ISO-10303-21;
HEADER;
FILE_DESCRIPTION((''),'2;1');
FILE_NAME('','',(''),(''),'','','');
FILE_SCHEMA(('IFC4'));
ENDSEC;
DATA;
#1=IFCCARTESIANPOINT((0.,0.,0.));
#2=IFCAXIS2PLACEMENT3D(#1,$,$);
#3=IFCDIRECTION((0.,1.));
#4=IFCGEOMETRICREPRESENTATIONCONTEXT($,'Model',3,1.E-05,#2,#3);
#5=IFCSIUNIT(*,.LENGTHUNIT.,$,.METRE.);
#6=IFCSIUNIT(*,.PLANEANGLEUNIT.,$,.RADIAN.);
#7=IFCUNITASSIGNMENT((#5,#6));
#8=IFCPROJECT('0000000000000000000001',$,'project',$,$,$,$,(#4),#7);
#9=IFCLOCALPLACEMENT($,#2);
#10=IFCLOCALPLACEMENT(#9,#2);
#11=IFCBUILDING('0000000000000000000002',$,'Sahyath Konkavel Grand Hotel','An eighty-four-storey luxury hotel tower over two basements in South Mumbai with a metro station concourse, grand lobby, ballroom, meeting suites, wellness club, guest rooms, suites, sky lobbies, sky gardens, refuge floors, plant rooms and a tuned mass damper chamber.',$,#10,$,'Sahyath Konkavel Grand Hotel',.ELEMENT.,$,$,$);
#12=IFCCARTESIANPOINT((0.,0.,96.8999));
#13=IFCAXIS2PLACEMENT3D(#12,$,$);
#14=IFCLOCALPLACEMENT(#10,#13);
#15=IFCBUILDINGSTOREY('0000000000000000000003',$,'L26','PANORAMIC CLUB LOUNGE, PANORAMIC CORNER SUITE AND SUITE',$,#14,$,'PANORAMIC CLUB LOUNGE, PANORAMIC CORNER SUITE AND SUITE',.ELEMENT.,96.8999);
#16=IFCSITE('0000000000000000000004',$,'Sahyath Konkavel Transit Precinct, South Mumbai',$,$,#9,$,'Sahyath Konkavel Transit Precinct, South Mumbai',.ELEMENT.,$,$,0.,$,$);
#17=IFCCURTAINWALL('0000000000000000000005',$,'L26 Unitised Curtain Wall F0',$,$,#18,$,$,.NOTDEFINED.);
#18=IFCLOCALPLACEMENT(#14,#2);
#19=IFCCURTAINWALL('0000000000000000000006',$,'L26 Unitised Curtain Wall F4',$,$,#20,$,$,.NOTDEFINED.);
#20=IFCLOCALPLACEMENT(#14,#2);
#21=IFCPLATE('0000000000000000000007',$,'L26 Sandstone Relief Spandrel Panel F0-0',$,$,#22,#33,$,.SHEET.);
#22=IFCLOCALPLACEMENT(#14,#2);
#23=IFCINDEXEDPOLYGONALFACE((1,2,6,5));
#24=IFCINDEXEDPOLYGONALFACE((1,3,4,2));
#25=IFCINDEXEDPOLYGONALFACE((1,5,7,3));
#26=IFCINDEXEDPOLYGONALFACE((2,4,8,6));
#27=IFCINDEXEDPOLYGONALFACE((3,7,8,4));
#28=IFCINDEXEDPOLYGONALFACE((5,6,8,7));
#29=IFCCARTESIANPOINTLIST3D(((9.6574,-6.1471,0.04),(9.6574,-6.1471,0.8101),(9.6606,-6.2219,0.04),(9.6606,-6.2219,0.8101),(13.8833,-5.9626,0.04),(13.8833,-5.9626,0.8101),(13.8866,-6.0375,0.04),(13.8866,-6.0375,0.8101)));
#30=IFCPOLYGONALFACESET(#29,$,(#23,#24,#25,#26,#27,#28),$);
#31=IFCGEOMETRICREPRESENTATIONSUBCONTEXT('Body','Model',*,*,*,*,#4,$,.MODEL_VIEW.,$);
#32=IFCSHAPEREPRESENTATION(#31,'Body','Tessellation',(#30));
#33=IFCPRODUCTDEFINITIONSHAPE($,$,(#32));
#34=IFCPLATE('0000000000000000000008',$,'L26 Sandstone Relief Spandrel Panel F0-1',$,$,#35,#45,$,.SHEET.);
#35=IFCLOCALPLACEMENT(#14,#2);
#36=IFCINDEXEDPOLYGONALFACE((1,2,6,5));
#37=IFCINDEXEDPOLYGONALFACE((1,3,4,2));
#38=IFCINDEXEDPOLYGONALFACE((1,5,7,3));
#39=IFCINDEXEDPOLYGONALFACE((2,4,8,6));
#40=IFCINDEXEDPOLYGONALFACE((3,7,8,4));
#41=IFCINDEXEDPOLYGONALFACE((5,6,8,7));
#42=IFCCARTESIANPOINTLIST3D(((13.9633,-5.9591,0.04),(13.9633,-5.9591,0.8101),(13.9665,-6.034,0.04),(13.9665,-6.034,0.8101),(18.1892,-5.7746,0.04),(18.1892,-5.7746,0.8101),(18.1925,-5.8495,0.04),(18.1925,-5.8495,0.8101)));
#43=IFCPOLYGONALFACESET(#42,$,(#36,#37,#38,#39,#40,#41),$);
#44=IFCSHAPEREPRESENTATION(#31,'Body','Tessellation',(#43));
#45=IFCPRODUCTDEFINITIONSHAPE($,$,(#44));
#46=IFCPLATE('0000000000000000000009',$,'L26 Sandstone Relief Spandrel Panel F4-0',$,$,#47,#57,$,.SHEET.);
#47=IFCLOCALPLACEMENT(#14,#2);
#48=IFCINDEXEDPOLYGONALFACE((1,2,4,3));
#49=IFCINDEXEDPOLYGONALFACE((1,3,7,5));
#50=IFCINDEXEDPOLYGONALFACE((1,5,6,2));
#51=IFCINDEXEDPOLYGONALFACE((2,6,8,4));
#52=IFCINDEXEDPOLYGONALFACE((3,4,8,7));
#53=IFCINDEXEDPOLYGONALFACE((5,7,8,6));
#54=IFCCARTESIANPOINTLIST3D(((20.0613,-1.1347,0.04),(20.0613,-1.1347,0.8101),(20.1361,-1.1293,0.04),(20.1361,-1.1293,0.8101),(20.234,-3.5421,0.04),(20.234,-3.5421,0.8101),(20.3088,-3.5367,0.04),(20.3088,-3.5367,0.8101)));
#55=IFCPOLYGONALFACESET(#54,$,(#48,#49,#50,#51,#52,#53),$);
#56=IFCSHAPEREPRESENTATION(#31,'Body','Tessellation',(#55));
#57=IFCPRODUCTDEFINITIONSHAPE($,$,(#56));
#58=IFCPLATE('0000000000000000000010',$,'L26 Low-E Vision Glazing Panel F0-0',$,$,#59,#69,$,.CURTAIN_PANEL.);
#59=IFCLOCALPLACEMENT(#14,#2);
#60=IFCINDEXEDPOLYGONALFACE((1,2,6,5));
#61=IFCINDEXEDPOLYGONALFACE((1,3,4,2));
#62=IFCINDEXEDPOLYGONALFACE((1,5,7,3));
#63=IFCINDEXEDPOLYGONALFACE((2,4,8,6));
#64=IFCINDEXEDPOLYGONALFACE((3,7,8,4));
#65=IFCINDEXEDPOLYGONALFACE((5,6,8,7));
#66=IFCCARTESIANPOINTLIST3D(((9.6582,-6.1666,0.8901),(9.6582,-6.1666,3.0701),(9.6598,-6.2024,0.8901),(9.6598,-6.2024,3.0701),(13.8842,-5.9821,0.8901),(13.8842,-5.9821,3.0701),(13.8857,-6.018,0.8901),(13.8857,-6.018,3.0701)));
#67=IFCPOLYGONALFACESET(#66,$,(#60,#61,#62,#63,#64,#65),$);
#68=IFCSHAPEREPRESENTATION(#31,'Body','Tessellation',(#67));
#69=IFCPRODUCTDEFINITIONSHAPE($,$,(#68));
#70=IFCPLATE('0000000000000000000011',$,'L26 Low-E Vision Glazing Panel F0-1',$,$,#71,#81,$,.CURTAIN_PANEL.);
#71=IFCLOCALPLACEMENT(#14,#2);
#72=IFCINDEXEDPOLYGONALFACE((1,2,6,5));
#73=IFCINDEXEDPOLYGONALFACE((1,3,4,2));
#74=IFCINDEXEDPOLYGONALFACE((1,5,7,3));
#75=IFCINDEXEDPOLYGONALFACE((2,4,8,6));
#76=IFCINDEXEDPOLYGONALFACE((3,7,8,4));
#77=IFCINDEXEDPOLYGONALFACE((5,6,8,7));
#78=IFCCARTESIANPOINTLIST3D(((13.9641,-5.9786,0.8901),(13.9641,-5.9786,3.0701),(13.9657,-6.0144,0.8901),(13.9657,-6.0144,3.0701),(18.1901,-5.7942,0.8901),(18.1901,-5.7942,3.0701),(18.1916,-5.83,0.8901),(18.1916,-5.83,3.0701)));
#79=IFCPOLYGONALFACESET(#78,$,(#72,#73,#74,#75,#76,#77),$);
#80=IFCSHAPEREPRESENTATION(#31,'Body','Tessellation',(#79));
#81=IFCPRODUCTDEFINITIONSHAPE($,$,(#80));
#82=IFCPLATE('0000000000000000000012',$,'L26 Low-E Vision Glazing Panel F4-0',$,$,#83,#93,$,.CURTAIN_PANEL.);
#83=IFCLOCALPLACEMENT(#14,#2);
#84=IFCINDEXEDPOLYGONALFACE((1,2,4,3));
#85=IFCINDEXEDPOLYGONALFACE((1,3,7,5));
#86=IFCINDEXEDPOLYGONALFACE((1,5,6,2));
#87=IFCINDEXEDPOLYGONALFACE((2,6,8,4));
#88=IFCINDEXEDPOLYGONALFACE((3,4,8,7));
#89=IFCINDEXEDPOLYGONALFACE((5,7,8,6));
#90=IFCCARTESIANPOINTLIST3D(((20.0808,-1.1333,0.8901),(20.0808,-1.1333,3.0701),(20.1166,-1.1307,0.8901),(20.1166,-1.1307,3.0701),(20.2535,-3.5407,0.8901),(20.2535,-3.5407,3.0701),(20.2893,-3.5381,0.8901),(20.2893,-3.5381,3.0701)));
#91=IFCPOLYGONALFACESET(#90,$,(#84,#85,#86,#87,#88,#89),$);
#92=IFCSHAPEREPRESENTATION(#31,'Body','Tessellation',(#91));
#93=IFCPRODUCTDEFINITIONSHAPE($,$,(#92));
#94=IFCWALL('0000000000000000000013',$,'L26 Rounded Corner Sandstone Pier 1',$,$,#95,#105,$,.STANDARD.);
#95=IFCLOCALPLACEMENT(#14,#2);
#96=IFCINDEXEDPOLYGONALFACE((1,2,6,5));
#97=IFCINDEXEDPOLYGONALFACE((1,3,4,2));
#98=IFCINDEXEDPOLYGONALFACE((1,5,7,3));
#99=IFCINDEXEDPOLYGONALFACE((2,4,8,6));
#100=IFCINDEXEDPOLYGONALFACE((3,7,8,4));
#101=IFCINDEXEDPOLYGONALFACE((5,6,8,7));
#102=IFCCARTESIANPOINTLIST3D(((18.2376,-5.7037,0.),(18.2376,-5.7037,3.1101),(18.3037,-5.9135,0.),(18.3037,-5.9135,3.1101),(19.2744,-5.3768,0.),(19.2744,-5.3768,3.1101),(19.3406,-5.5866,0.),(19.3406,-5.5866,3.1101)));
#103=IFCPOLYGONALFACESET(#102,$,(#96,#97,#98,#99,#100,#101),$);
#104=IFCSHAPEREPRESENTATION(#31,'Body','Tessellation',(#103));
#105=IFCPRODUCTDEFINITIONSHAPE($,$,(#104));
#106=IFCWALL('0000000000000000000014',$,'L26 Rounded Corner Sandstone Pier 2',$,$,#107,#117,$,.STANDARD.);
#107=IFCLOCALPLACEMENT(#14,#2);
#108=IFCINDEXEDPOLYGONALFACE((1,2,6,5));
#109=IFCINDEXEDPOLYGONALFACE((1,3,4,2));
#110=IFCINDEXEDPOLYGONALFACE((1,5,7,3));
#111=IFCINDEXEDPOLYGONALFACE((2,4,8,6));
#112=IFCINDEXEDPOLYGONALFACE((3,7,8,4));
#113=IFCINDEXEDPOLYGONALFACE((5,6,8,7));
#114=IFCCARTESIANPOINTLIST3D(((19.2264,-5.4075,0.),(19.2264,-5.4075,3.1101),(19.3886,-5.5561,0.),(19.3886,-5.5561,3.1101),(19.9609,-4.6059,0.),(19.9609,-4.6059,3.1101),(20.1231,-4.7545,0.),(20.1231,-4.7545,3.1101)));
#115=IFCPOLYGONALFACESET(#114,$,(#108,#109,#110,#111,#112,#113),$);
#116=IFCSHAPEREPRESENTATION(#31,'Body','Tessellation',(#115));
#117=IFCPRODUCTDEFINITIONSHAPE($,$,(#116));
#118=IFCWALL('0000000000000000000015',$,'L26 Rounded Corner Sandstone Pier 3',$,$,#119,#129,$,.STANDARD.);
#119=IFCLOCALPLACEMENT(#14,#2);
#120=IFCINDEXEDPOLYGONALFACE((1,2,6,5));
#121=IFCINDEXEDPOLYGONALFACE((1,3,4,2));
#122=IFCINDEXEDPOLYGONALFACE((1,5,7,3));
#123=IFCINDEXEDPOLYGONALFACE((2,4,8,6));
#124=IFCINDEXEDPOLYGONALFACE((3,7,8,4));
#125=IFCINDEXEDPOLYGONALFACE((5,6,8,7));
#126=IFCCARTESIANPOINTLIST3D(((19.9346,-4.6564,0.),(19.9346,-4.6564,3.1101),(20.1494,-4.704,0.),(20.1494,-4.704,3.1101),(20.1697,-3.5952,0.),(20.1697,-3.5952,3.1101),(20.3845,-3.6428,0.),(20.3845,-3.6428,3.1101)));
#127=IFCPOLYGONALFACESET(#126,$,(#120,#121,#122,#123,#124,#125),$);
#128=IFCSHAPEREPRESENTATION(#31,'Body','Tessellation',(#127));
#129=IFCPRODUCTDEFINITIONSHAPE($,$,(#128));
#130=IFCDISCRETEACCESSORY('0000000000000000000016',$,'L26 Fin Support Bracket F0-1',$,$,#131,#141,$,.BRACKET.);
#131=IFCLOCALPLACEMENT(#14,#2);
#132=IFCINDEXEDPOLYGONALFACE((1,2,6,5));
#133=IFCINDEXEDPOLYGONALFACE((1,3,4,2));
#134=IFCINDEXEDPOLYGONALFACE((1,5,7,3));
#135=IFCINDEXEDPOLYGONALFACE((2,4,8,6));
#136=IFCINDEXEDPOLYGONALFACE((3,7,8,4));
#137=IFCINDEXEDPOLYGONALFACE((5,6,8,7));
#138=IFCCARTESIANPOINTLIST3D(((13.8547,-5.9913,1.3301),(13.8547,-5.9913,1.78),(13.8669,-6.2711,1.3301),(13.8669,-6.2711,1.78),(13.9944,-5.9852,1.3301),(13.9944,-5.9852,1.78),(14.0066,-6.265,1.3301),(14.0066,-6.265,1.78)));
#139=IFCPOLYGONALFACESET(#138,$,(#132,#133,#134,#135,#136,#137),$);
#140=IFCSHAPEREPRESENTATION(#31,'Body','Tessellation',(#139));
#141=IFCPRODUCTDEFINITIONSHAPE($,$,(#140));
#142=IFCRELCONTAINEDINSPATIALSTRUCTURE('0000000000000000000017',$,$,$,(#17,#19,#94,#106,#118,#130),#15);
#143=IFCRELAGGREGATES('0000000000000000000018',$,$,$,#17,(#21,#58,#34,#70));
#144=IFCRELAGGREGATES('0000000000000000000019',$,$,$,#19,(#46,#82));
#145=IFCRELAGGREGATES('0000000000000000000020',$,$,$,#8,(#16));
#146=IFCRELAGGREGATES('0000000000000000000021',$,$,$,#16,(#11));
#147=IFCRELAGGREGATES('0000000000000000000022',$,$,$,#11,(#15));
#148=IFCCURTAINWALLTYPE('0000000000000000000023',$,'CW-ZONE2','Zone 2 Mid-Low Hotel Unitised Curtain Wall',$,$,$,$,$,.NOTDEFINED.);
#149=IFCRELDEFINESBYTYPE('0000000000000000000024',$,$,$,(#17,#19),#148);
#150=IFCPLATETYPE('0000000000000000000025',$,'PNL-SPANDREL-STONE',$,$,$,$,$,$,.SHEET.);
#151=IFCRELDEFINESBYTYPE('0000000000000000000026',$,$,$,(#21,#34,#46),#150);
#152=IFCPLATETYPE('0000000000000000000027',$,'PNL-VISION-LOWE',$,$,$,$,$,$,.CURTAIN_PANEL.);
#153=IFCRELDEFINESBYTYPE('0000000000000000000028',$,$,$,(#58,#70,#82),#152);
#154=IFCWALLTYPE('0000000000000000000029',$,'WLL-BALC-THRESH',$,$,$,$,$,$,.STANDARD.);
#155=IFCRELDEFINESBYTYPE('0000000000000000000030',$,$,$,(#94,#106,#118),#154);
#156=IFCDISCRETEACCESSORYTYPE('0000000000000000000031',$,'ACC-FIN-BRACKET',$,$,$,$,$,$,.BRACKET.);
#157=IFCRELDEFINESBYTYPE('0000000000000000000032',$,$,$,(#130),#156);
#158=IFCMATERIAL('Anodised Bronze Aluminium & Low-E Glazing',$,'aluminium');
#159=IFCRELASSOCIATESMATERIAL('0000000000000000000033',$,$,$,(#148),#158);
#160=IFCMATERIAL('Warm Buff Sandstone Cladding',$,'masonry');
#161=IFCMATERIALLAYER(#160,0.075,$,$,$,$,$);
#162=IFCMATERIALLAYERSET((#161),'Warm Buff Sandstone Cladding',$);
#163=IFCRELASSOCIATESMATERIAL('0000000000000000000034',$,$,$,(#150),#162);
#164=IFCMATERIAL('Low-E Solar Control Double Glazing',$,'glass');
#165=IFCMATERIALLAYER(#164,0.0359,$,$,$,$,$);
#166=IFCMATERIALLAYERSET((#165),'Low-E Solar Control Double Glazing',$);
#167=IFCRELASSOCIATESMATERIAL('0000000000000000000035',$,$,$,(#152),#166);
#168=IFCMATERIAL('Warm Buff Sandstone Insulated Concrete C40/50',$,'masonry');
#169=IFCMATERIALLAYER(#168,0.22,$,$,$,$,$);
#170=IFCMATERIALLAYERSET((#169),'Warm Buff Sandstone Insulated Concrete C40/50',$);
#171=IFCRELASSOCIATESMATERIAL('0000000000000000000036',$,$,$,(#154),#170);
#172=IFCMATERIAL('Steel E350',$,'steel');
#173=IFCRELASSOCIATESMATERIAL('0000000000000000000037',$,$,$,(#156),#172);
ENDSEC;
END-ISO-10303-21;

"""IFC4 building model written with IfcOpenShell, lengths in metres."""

from ifc_helpers import new_model, si_unit, direction, frame, frame_2d, origin, origin_2d, place, context, subcontext, project, spatial, rectangle, extrude, source, transform, mapped, material, layer, layer_set, type_object, element, aggregate, save


model = new_model("IFC4")

# Units and contexts
model_context = context("Model", 3, precision=1e-05, world=origin(), true_north=direction((0.0, 1.0)))
body_context = subcontext(model_context, "Body", "Model", "MODEL_VIEW")
ifc_project = project(units=[si_unit("LENGTHUNIT", "METRE"), si_unit("PLANEANGLEUNIT", "RADIAN")], contexts=[model_context])

# Site, building, storey
site_placement = place(None, origin())
site = spatial("IfcSite", under=ifc_project, at=site_placement, Name="Sahyath Konkavel Transit Precinct, South Mumbai", LongName="Sahyath Konkavel Transit Precinct, South Mumbai", CompositionType="ELEMENT", RefElevation=0.0)
building_placement = place(site_placement, origin())
building = spatial("IfcBuilding", under=site, at=building_placement, Name="Sahyath Konkavel Grand Hotel", Description="An eighty-four-storey luxury hotel tower over two basements in South Mumbai with a metro station concourse, grand lobby, ballroom, meeting suites, wellness club, guest rooms, suites, sky lobbies, sky gardens, refuge floors, plant rooms and a tuned mass damper chamber.", LongName="Sahyath Konkavel Grand Hotel", CompositionType="ELEMENT")
storey_placement = place(building_placement, frame((0.0, 0.0, 96.8999)))
storey = spatial("IfcBuildingStorey", under=building, at=storey_placement, Name="L26", Description="PANORAMIC CLUB LOUNGE, PANORAMIC CORNER SUITE AND SUITE", LongName="PANORAMIC CLUB LOUNGE, PANORAMIC CORNER SUITE AND SUITE", CompositionType="ELEMENT", Elevation=96.8999)

# Shared definitions
ifc_material_1 = material(Name="Steel E350", Category="steel")

# Curtain walls
ifc_material_2 = material(Name="Anodised Bronze Aluminium & Low-E Glazing", Category="aluminium")
curtain_wall_type = type_object("IfcCurtainWallType", Name="CW-ZONE2", Description="Zone 2 Mid-Low Hotel Unitised Curtain Wall", PredefinedType="NOTDEFINED", material=ifc_material_2)
curtain_wall_1_placement = place(storey_placement, origin())
curtain_wall_1 = element("IfcCurtainWall", 1, at=curtain_wall_1_placement, inside=storey, type_object=curtain_wall_type, Name="L26 Unitised Curtain Wall F0", PredefinedType="NOTDEFINED")
curtain_wall_2_placement = place(storey_placement, origin())
curtain_wall_2 = element("IfcCurtainWall", 2, at=curtain_wall_2_placement, inside=storey, type_object=curtain_wall_type, Name="L26 Unitised Curtain Wall F4", PredefinedType="NOTDEFINED")

# Plates
ifc_material_3 = material(Name="Warm Buff Sandstone Cladding", Category="masonry")
ifc_layer_1 = layer(ifc_material_3, 0.075)
ifc_layer_set_1 = layer_set([ifc_layer_1], Name="Warm Buff Sandstone Cladding")
plate_type_1 = type_object("IfcPlateType", Name="PNL-SPANDREL-STONE", PredefinedType="SHEET", material=ifc_layer_set_1)
shared_shape_1 = source(origin(), body_context, "Body", "SweptSolid", [
    extrude(rectangle(XDim=4.23, YDim=0.075, at=origin_2d()), origin(), (0.0, 0.0, 1.0), 0.77),
])
plate_1_placement = place(storey_placement, frame((11.772, -6.0923, 0.04), z_axis=(0.0, 0.0, 1.0), x_axis=(0.999049, 0.043602, 0.0)))
plate_1 = element("IfcPlate", 3, at=plate_1_placement, type_object=plate_type_1, Name="L26 Sandstone Relief Spandrel Panel F0-0", PredefinedType="SHEET", context=body_context, shape_type="MappedRepresentation", body=[
    mapped(shared_shape_1, transform((0.0, 0.0, 0.0), scale=1.0)),
])
plate_2_placement = place(storey_placement, frame((16.0779, -5.9043, 0.04), z_axis=(0.0, 0.0, 1.0), x_axis=(0.999049, 0.043602, 0.0)))
plate_2 = element("IfcPlate", 4, at=plate_2_placement, type_object=plate_type_1, Name="L26 Sandstone Relief Spandrel Panel F0-1", PredefinedType="SHEET", context=body_context, shape_type="MappedRepresentation", body=[
    mapped(shared_shape_1, transform((0.0, 0.0, 0.0), scale=1.0)),
])
shared_shape_2 = source(origin(), body_context, "Body", "SweptSolid", [
    extrude(rectangle(XDim=2.4136, YDim=0.075, at=origin_2d()), origin(), (0.0, 0.0, 1.0), 0.77),
])
plate_3_placement = place(storey_placement, frame((20.1851, -2.3357, 0.04), z_axis=(0.0, 0.0, 1.0), x_axis=(-0.071567, 0.997436, 0.0)))
plate_3 = element("IfcPlate", 5, at=plate_3_placement, type_object=plate_type_1, Name="L26 Sandstone Relief Spandrel Panel F4-0", PredefinedType="SHEET", context=body_context, shape_type="MappedRepresentation", body=[
    mapped(shared_shape_2, transform((0.0, 0.0, 0.0), scale=1.0)),
])
ifc_material_4 = material(Name="Low-E Solar Control Double Glazing", Category="glass")
ifc_layer_2 = layer(ifc_material_4, 0.0359)
ifc_layer_set_2 = layer_set([ifc_layer_2], Name="Low-E Solar Control Double Glazing")
plate_type_2 = type_object("IfcPlateType", Name="PNL-VISION-LOWE", PredefinedType="CURTAIN_PANEL", material=ifc_layer_set_2)
shared_shape_3 = source(origin(), body_context, "Body", "SweptSolid", [
    extrude(rectangle(XDim=4.23, YDim=0.0359, at=origin_2d()), origin(), (0.0, 0.0, 1.0), 2.1799),
])
plate_4_placement = place(storey_placement, frame((11.772, -6.0923, 0.8901), z_axis=(0.0, 0.0, 1.0), x_axis=(0.999049, 0.043602, 0.0)))
plate_4 = element("IfcPlate", 6, at=plate_4_placement, type_object=plate_type_2, Name="L26 Low-E Vision Glazing Panel F0-0", PredefinedType="CURTAIN_PANEL", context=body_context, shape_type="MappedRepresentation", body=[
    mapped(shared_shape_3, transform((0.0, 0.0, 0.0), scale=1.0)),
])
plate_5_placement = place(storey_placement, frame((16.0779, -5.9043, 0.8901), z_axis=(0.0, 0.0, 1.0), x_axis=(0.999049, 0.043602, 0.0)))
plate_5 = element("IfcPlate", 7, at=plate_5_placement, type_object=plate_type_2, Name="L26 Low-E Vision Glazing Panel F0-1", PredefinedType="CURTAIN_PANEL", context=body_context, shape_type="MappedRepresentation", body=[
    mapped(shared_shape_3, transform((0.0, 0.0, 0.0), scale=1.0)),
])
aggregate(curtain_wall_1, [plate_1, plate_4, plate_2, plate_5])
shared_shape_4 = source(origin(), body_context, "Body", "SweptSolid", [
    extrude(rectangle(XDim=2.4136, YDim=0.0359, at=origin_2d()), origin(), (0.0, 0.0, 1.0), 2.1799),
])
plate_6_placement = place(storey_placement, frame((20.1851, -2.3357, 0.8901), z_axis=(0.0, 0.0, 1.0), x_axis=(-0.071567, 0.997436, 0.0)))
plate_6 = element("IfcPlate", 8, at=plate_6_placement, type_object=plate_type_2, Name="L26 Low-E Vision Glazing Panel F4-0", PredefinedType="CURTAIN_PANEL", context=body_context, shape_type="MappedRepresentation", body=[
    mapped(shared_shape_4, transform((0.0, 0.0, 0.0), scale=1.0)),
])
aggregate(curtain_wall_2, [plate_3, plate_6])

# Walls
ifc_material_5 = material(Name="Warm Buff Sandstone Insulated Concrete C40/50", Category="masonry")
ifc_layer_3 = layer(ifc_material_5, 0.22)
ifc_layer_set_3 = layer_set([ifc_layer_3], Name="Warm Buff Sandstone Insulated Concrete C40/50")
wall_type = type_object("IfcWallType", Name="WLL-BALC-THRESH", PredefinedType="STANDARD", material=ifc_layer_set_3)
for number, where, z_axis, x_axis, name in (
    (9, (18.2708, -5.8086, 0.0), (0.0, 0.0, 1.0), (0.953722, 0.300691, 0.0), "L26 Rounded Corner Sandstone Pier 1"),
    (10, (19.3076, -5.4817, 0.0), (0.0, 0.0, 1.0), (0.675552, 0.737313, 0.0), "L26 Rounded Corner Sandstone Pier 2"),
):
    element("IfcWall", number, at=place(storey_placement, frame(where, z_axis=z_axis, x_axis=x_axis)), inside=storey, type_object=wall_type, Name=name, PredefinedType="STANDARD", context=body_context, shape_type="SweptSolid", body=[
        extrude(rectangle(XDim=1.0872, YDim=0.22, at=frame_2d((0.5435, 0.0))), origin(), (0.0, 0.0, 1.0), 3.1101),
    ])
wall_placement = place(storey_placement, frame((20.042, -4.6802, 0.0), z_axis=(0.0, 0.0, 1.0), x_axis=(0.216288, 0.97633, 0.0)))
element("IfcWall", 11, at=wall_placement, inside=storey, type_object=wall_type, Name="L26 Rounded Corner Sandstone Pier 3", PredefinedType="STANDARD", context=body_context, shape_type="SweptSolid", body=[
    extrude(rectangle(XDim=1.0869, YDim=0.22, at=frame_2d((0.5435, 0.0))), origin(), (0.0, 0.0, 1.0), 3.1101),
])

# Discrete accessory
discrete_accessory_type = type_object("IfcDiscreteAccessoryType", Name="ACC-FIN-BRACKET", PredefinedType="BRACKET", material=ifc_material_1)
shared_shape_5 = source(origin(), body_context, "Body", "SweptSolid", [
    extrude(rectangle(XDim=0.28, YDim=0.1399, at=origin_2d()), origin(), (0.0, 0.0, 1.0), 0.45),
])
discrete_accessory_placement = place(storey_placement, frame((13.9307, -6.1282, 1.3301), z_axis=(0.0, 0.0, 1.0), x_axis=(0.043602, -0.999049, 0.0)))
element("IfcDiscreteAccessory", 12, at=discrete_accessory_placement, inside=storey, type_object=discrete_accessory_type, Name="L26 Fin Support Bracket F0-1", PredefinedType="BRACKET", context=body_context, shape_type="MappedRepresentation", body=[
    mapped(shared_shape_5, transform((0.0, 0.0, 0.0), scale=1.0)),
])

save(model, "model.ifc")
